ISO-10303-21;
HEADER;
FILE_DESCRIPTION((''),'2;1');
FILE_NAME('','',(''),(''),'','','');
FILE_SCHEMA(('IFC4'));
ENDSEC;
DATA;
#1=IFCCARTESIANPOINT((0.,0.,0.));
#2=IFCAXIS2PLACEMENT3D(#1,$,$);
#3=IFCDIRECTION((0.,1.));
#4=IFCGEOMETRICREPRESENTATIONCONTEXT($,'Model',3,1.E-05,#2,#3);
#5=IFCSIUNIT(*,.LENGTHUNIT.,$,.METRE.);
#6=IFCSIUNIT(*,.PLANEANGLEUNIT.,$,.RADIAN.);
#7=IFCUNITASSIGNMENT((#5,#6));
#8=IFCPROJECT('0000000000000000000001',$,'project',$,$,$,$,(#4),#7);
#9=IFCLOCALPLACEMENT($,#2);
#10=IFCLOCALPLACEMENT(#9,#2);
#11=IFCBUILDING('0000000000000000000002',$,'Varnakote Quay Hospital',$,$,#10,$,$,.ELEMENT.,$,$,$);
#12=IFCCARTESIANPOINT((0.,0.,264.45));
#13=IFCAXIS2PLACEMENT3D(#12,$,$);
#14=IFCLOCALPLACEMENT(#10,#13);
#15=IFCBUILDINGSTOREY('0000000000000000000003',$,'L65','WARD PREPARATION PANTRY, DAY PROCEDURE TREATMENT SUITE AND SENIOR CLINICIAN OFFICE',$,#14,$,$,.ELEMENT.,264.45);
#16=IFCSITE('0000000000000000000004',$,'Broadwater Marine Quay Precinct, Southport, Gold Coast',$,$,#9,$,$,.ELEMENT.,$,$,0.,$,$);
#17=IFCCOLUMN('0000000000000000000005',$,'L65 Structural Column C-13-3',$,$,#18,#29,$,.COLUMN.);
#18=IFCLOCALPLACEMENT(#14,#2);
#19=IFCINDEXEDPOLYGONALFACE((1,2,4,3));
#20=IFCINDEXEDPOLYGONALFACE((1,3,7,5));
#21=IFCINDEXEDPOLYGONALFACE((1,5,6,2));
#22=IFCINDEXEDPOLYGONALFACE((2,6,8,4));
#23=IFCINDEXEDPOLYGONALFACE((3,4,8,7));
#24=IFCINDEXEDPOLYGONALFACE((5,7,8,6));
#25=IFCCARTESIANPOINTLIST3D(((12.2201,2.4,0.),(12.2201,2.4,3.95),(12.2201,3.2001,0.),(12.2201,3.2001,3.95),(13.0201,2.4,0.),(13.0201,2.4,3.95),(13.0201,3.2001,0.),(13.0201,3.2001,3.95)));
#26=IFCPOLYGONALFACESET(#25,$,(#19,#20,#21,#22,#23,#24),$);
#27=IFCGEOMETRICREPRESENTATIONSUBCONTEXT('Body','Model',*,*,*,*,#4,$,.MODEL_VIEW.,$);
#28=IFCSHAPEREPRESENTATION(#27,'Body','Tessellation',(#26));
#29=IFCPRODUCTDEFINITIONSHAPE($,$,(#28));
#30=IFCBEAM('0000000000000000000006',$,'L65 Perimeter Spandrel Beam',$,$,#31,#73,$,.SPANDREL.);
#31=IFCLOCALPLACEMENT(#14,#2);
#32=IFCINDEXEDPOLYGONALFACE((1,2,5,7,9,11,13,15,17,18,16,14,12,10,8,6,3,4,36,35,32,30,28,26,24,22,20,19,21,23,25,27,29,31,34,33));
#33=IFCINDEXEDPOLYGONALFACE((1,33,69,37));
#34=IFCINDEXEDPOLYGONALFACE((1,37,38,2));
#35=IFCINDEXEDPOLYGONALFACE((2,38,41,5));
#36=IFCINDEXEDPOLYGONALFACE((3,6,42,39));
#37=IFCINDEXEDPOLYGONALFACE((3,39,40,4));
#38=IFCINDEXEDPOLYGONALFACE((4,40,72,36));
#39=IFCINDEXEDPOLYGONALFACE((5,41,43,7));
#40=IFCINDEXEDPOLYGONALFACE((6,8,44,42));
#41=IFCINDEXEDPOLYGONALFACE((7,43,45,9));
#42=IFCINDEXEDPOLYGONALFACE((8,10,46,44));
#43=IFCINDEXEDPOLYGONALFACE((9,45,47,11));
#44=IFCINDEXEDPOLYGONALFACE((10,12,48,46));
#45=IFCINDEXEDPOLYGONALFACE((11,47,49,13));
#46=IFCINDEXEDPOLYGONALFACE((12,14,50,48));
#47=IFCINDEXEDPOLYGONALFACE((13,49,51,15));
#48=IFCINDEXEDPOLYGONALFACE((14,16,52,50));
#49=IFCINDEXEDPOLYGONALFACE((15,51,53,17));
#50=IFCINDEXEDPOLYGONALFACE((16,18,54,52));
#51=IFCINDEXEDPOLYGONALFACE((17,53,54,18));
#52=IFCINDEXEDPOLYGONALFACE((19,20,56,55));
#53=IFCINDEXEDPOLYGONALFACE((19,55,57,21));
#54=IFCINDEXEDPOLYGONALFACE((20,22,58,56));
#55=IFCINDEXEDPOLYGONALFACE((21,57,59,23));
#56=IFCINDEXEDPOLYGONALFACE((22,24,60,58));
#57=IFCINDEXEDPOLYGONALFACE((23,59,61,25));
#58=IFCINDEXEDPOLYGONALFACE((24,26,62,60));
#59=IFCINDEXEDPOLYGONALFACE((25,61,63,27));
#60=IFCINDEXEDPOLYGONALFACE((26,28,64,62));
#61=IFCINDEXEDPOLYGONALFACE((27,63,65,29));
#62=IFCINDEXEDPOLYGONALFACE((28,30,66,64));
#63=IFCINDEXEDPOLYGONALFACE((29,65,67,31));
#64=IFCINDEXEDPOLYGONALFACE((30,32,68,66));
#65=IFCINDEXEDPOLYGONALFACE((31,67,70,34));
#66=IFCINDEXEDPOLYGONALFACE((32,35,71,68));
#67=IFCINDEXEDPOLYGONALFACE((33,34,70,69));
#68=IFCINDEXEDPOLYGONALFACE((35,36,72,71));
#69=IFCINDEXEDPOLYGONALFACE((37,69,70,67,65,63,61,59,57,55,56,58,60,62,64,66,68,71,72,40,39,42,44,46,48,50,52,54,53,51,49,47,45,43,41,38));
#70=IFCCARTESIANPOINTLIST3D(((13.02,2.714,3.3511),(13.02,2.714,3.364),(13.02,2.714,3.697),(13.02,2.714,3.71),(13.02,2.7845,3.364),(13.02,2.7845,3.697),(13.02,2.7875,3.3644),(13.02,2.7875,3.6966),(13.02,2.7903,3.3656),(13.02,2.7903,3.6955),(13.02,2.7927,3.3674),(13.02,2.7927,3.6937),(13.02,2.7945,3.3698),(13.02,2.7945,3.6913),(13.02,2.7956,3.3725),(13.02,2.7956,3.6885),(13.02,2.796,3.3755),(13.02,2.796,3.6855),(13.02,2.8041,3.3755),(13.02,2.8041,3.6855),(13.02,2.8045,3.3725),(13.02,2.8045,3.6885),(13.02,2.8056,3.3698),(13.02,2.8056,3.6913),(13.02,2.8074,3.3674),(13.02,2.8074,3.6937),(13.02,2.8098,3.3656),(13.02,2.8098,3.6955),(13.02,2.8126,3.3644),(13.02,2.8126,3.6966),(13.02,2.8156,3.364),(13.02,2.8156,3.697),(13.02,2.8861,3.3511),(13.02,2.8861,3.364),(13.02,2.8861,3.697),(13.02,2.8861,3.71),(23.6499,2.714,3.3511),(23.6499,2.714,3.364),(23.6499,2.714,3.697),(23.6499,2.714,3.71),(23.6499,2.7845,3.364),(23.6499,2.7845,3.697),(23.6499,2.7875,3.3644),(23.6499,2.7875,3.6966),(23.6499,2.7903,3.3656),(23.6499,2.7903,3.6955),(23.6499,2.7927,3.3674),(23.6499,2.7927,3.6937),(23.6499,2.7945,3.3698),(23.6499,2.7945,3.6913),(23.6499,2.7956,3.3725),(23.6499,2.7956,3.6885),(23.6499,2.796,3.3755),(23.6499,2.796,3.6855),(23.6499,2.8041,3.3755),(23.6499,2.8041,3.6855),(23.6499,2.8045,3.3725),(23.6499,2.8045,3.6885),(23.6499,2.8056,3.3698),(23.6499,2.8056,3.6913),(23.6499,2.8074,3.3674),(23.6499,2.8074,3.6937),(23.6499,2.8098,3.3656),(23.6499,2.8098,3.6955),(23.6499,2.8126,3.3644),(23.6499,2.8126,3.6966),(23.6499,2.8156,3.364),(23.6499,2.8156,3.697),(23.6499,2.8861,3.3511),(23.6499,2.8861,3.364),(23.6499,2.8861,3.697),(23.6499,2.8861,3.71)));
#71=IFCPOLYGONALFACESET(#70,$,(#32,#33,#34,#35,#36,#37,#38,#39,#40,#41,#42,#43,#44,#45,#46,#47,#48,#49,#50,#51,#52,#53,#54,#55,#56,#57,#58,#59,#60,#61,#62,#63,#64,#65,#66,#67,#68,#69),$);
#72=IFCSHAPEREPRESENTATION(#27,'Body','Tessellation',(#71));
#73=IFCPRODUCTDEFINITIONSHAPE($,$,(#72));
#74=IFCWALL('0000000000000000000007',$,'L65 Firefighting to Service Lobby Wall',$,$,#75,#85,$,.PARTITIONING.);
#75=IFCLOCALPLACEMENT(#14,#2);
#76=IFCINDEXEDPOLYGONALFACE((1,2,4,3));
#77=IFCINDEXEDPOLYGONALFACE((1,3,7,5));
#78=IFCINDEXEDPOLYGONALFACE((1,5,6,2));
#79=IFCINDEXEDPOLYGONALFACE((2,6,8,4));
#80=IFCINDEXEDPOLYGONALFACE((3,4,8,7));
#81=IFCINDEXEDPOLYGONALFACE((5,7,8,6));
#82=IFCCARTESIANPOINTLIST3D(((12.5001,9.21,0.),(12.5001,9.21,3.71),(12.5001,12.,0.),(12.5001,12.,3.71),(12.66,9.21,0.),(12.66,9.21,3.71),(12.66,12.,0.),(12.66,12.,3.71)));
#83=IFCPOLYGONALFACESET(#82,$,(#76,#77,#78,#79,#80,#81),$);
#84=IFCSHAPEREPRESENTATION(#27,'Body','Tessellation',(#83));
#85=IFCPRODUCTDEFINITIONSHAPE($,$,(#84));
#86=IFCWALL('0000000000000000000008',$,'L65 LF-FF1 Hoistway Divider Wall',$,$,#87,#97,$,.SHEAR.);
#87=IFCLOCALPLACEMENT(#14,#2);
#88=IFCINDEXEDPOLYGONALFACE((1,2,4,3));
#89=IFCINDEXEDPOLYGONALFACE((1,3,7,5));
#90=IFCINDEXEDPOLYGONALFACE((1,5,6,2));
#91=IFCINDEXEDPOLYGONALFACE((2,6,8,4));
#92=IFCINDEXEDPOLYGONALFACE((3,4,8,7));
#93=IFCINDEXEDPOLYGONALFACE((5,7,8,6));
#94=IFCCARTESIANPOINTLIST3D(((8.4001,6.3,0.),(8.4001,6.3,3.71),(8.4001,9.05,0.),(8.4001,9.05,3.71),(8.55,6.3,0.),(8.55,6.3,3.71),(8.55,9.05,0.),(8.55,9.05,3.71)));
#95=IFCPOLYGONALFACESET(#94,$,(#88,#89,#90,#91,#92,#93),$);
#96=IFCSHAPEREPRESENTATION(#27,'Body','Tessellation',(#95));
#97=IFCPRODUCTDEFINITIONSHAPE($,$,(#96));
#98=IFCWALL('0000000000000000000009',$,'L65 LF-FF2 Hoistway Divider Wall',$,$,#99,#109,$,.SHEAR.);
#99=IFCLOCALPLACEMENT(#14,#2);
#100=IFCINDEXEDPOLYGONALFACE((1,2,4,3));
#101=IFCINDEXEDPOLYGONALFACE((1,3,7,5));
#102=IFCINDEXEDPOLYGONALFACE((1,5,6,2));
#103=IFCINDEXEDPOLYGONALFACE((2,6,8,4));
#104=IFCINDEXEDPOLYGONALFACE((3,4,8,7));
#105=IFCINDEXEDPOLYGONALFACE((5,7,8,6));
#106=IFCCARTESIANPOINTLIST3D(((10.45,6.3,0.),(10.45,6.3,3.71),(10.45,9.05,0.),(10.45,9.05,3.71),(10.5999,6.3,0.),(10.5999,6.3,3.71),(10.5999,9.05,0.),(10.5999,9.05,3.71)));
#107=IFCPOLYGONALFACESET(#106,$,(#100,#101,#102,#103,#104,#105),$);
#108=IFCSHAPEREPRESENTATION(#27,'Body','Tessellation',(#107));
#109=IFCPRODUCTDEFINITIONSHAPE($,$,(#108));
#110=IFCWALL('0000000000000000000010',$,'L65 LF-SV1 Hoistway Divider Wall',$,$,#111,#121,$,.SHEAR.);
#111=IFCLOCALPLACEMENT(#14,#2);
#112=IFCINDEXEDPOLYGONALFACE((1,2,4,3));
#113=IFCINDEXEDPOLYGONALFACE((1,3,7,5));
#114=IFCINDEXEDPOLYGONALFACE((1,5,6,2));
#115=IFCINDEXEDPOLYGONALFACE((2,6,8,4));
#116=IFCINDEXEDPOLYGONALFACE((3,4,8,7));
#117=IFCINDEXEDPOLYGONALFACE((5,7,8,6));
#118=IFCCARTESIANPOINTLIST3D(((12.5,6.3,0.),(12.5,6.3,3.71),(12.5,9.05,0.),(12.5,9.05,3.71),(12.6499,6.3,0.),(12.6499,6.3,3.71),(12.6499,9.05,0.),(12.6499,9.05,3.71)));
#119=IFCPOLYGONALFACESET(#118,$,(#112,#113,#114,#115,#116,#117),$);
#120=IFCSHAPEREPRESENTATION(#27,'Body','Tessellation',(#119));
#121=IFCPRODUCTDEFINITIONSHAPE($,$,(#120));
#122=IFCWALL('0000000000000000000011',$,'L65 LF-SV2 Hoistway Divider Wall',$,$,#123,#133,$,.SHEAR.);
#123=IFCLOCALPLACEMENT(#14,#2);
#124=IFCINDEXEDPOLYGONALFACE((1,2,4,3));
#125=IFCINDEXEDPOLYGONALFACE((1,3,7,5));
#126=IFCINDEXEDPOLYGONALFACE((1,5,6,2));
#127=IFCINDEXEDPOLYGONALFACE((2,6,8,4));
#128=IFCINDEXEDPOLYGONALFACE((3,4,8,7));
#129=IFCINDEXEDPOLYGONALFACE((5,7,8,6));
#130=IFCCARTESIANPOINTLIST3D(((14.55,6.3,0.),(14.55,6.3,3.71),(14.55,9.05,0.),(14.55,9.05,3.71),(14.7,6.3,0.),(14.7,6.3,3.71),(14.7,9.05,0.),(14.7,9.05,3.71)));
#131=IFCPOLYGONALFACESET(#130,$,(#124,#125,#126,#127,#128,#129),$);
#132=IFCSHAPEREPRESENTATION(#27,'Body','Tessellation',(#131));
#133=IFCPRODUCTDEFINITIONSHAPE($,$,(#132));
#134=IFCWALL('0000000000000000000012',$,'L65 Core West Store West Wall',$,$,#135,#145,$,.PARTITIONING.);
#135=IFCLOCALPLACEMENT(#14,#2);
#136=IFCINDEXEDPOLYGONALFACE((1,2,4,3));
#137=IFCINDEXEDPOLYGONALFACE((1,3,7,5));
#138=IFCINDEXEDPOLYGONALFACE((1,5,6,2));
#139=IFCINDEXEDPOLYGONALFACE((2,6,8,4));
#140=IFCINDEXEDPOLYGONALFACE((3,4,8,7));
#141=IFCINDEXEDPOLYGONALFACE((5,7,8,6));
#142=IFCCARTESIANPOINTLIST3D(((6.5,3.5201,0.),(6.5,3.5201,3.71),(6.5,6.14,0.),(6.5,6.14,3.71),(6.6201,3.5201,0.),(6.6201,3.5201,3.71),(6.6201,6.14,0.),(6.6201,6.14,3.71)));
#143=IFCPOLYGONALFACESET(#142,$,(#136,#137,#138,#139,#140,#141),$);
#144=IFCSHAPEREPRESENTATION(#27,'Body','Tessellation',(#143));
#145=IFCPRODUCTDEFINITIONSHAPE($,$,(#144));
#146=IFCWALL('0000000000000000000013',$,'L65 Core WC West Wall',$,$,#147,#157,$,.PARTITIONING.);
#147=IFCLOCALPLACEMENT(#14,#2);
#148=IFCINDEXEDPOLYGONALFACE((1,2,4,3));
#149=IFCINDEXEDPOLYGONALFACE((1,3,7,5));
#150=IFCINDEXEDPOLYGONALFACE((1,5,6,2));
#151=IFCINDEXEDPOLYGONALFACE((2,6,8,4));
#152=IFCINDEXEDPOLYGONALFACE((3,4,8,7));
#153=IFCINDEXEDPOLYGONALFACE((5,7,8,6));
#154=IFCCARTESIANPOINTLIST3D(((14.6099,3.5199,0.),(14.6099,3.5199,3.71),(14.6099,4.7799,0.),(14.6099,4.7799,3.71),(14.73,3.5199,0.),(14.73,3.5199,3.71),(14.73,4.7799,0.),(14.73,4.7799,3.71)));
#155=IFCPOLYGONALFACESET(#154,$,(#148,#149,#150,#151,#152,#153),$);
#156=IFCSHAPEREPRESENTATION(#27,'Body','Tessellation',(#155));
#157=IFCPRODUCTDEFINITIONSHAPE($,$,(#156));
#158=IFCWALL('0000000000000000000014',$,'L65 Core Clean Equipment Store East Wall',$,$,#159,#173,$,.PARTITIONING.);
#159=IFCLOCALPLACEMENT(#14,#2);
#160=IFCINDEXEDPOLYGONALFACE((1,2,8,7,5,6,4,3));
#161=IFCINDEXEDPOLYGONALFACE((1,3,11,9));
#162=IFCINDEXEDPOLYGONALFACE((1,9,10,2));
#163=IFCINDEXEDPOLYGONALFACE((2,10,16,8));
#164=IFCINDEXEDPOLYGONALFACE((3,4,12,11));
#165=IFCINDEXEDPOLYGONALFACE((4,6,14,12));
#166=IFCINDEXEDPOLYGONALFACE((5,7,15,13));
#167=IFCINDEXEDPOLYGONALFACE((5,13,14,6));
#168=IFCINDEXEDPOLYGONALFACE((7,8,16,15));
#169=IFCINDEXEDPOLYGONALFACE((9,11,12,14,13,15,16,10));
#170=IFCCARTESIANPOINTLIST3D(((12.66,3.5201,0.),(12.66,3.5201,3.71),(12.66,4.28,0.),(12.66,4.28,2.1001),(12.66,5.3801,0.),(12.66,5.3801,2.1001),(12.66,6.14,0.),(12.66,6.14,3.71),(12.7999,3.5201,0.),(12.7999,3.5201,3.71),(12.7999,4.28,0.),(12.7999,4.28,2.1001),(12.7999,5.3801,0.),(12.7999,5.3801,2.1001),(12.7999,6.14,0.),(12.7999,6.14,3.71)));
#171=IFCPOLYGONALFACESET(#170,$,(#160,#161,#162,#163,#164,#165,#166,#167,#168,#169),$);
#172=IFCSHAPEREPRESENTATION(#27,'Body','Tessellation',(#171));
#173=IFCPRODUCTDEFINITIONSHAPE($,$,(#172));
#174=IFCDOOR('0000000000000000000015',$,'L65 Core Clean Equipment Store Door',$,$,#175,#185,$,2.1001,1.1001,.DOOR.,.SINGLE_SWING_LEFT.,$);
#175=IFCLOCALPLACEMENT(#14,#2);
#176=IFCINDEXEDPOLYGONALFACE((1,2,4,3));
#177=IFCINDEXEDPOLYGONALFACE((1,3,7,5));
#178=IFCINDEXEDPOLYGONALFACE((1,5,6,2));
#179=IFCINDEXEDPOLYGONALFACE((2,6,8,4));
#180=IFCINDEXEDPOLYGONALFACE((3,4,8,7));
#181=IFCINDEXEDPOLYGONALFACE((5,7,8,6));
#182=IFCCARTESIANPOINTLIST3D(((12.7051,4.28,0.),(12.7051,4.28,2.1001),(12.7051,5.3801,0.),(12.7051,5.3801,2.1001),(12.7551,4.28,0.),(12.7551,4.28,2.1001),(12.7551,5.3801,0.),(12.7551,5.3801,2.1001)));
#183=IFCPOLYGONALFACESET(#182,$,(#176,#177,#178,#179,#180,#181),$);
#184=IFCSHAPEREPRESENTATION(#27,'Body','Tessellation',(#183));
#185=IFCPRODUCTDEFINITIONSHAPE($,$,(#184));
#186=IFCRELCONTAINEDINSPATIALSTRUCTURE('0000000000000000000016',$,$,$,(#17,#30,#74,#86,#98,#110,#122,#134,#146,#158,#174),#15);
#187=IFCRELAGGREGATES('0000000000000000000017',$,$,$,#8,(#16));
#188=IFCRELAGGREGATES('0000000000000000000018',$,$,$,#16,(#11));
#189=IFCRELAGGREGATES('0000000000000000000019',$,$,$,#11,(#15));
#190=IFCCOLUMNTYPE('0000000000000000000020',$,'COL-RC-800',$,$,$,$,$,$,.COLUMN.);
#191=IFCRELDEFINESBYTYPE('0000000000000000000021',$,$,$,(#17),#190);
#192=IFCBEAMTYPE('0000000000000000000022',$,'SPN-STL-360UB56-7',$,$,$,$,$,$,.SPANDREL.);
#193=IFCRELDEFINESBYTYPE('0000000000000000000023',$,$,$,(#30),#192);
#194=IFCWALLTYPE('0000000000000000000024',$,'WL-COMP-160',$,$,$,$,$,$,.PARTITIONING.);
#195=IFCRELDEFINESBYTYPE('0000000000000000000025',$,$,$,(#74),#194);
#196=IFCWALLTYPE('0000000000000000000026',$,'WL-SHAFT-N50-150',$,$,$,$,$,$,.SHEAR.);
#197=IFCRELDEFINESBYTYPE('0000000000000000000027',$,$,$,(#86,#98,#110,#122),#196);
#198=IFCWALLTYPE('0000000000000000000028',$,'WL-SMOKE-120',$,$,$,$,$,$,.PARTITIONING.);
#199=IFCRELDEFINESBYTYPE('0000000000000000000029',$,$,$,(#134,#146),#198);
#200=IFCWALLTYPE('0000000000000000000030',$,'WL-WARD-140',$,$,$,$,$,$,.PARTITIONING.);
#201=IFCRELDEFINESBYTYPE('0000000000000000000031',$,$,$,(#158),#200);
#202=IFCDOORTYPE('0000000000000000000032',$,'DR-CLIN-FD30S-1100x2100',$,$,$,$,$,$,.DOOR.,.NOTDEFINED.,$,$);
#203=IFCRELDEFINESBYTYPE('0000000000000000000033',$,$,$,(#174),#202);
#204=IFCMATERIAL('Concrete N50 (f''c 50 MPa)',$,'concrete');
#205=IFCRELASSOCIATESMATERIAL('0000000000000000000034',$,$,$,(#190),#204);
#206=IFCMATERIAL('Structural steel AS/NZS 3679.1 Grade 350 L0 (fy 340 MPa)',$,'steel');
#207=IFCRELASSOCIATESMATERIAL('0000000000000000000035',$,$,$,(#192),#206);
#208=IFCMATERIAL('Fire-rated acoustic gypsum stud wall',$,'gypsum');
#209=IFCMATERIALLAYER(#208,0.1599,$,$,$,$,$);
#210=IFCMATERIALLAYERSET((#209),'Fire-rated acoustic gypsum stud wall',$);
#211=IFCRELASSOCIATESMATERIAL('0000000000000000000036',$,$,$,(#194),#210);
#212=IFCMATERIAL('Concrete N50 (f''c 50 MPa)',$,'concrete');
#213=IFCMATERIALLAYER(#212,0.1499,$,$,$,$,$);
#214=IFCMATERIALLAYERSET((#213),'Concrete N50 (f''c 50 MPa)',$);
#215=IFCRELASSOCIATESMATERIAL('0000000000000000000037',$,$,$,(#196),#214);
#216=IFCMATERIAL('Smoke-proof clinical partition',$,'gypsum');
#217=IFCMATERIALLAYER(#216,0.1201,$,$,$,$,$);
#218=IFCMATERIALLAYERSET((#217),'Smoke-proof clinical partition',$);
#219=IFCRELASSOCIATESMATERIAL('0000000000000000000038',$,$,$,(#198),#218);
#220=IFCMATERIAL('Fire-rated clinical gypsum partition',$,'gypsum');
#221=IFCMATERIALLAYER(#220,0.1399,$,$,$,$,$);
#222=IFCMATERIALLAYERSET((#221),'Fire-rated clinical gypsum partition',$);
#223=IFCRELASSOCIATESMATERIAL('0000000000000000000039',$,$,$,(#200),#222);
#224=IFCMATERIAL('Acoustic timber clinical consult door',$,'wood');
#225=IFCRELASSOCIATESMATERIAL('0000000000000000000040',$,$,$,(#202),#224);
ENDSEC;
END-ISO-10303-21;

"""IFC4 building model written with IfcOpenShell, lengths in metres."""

from ifc_helpers import new_model, si_unit, direction, frame, frame_2d, origin, origin_2d, place, context, subcontext, project, spatial, rectangle, i_section, extrude, material, layer, layer_set, material_profile, profile_set, type_object, element, fill, save


model = new_model("IFC4")

# Units and contexts
model_context = context("Model", 3, precision=1e-05, world=origin(), true_north=direction((0.0, 1.0)))
body_context = subcontext(model_context, "Body", "Model", "MODEL_VIEW")
ifc_project = project(units=[si_unit("LENGTHUNIT", "METRE"), si_unit("PLANEANGLEUNIT", "RADIAN")], contexts=[model_context])

# Site, building, storey
site_placement = place(None, origin())
site = spatial("IfcSite", under=ifc_project, at=site_placement, Name="Broadwater Marine Quay Precinct, Southport, Gold Coast", CompositionType="ELEMENT", RefElevation=0.0)
building_placement = place(site_placement, origin())
building = spatial("IfcBuilding", under=site, at=building_placement, Name="Varnakote Quay Hospital", CompositionType="ELEMENT")
storey_placement = place(building_placement, frame((0.0, 0.0, 264.45)))
storey = spatial("IfcBuildingStorey", under=building, at=storey_placement, Name="L65", Description="WARD PREPARATION PANTRY, DAY PROCEDURE TREATMENT SUITE AND SENIOR CLINICIAN OFFICE", CompositionType="ELEMENT", Elevation=264.45)

# Column
ifc_material_1 = material(Name="Concrete N50 (f'c 50 MPa)", Category="concrete")
ifc_material_profile_1 = material_profile(ifc_material_1, rectangle(XDim=0.8, YDim=0.8, at=origin_2d()), Name="RC-COL-800x800")
ifc_profile_set_1 = profile_set([ifc_material_profile_1], Name="Concrete N50 (f'c 50 MPa)")
column_type = type_object("IfcColumnType", Name="COL-RC-800", PredefinedType="COLUMN", material=ifc_profile_set_1)
column_placement = place(storey_placement, frame((12.6201, 2.8, 0.0), z_axis=(0.0, 0.0, 1.0), x_axis=(1.0, 0.0, 0.0)))
element("IfcColumn", 1, at=column_placement, inside=storey, type_object=column_type, Name="L65 Structural Column C-13-3", PredefinedType="COLUMN", context=body_context, shape_type="SweptSolid", body=[
    extrude(rectangle(XDim=0.8, YDim=0.8, at=origin_2d()), origin(), (0.0, 0.0, 1.0), 3.95),
])

# Beam
ifc_material_2 = material(Name="Structural steel AS/NZS 3679.1 Grade 350 L0 (fy 340 MPa)", Category="steel")
ifc_material_profile_2 = material_profile(ifc_material_2, i_section(OverallWidth=0.1721, OverallDepth=0.3589, WebThickness=0.0081, FlangeThickness=0.0129, FilletRadius=0.0115, at=origin_2d()), Name="360UB56.7")
ifc_profile_set_2 = profile_set([ifc_material_profile_2], Name="Structural steel AS/NZS 3679.1 Grade 350 L0 (fy 340 MPa)")
beam_type = type_object("IfcBeamType", Name="SPN-STL-360UB56-7", PredefinedType="SPANDREL", material=ifc_profile_set_2)
beam_placement = place(storey_placement, frame((13.02, 2.8, 3.5305), z_axis=(1.0, 0.0, 0.0), x_axis=(0.0, 1.0, 0.0)))
element("IfcBeam", 2, at=beam_placement, inside=storey, type_object=beam_type, Name="L65 Perimeter Spandrel Beam", PredefinedType="SPANDREL", context=body_context, shape_type="SweptSolid", body=[
    extrude(i_section(OverallWidth=0.1721, OverallDepth=0.3589, WebThickness=0.0081, FlangeThickness=0.0129, FilletRadius=0.0115, at=origin_2d()), origin(), (0.0, 0.0, 1.0), 10.6299),
])

# Walls
ifc_material_3 = material(Name="Fire-rated acoustic gypsum stud wall", Category="gypsum")
ifc_layer_1 = layer(ifc_material_3, 0.1599)
ifc_layer_set_1 = layer_set([ifc_layer_1], Name="Fire-rated acoustic gypsum stud wall")
wall_type_1 = type_object("IfcWallType", Name="WL-COMP-160", PredefinedType="PARTITIONING", material=ifc_layer_set_1)
wall_1_placement = place(storey_placement, frame((12.5801, 9.21, 0.0), z_axis=(0.0, 0.0, 1.0), x_axis=(0.0, 1.0, 0.0)))
element("IfcWall", 3, at=wall_1_placement, inside=storey, type_object=wall_type_1, Name="L65 Firefighting to Service Lobby Wall", PredefinedType="PARTITIONING", context=body_context, shape_type="SweptSolid", body=[
    extrude(rectangle(XDim=2.79, YDim=0.1599, at=frame_2d((1.395, 0.0))), origin(), (0.0, 0.0, 1.0), 3.71),
])
ifc_material_4 = material(Name="Concrete N50 (f'c 50 MPa)", Category="concrete")
ifc_layer_2 = layer(ifc_material_4, 0.1499)
ifc_layer_set_2 = layer_set([ifc_layer_2], Name="Concrete N50 (f'c 50 MPa)")
wall_type_2 = type_object("IfcWallType", Name="WL-SHAFT-N50-150", PredefinedType="SHEAR", material=ifc_layer_set_2)
for number, where, z_axis, x_axis, name in (
    (4, (8.4751, 6.3, 0.0), (0.0, 0.0, 1.0), (0.0, 1.0, 0.0), "L65 LF-FF1 Hoistway Divider Wall"),
    (5, (10.5249, 6.3, 0.0), (0.0, 0.0, 1.0), (0.0, 1.0, 0.0), "L65 LF-FF2 Hoistway Divider Wall"),
    (6, (12.575, 6.3, 0.0), (0.0, 0.0, 1.0), (0.0, 1.0, 0.0), "L65 LF-SV1 Hoistway Divider Wall"),
    (7, (14.625, 6.3, 0.0), (0.0, 0.0, 1.0), (0.0, 1.0, 0.0), "L65 LF-SV2 Hoistway Divider Wall"),
):
    element("IfcWall", number, at=place(storey_placement, frame(where, z_axis=z_axis, x_axis=x_axis)), inside=storey, type_object=wall_type_2, Name=name, PredefinedType="SHEAR", context=body_context, shape_type="SweptSolid", body=[
        extrude(rectangle(XDim=2.75, YDim=0.1499, at=frame_2d((1.375, 0.0))), origin(), (0.0, 0.0, 1.0), 3.71),
    ])

# Walls
ifc_material_5 = material(Name="Smoke-proof clinical partition", Category="gypsum")
ifc_layer_3 = layer(ifc_material_5, 0.1201)
ifc_layer_set_3 = layer_set([ifc_layer_3], Name="Smoke-proof clinical partition")
wall_type_3 = type_object("IfcWallType", Name="WL-SMOKE-120", PredefinedType="PARTITIONING", material=ifc_layer_set_3)
wall_2_placement = place(storey_placement, frame((6.5601, 3.52, 0.0), z_axis=(0.0, 0.0, 1.0), x_axis=(0.0, 1.0, 0.0)))
element("IfcWall", 8, at=wall_2_placement, inside=storey, type_object=wall_type_3, Name="L65 Core West Store West Wall", PredefinedType="PARTITIONING", context=body_context, shape_type="SweptSolid", body=[
    extrude(rectangle(XDim=2.6199, YDim=0.1201, at=frame_2d((1.3101, 0.0))), origin(), (0.0, 0.0, 1.0), 3.71),
])
wall_3_placement = place(storey_placement, frame((14.6699, 3.52, 0.0), z_axis=(0.0, 0.0, 1.0), x_axis=(0.0, 1.0, 0.0)))
element("IfcWall", 9, at=wall_3_placement, inside=storey, type_object=wall_type_3, Name="L65 Core WC West Wall", PredefinedType="PARTITIONING", context=body_context, shape_type="SweptSolid", body=[
    extrude(rectangle(XDim=1.26, YDim=0.1201, at=frame_2d((0.6299, 0.0))), origin(), (0.0, 0.0, 1.0), 3.71),
])

# Wall, opening, door
ifc_material_6 = material(Name="Fire-rated clinical gypsum partition", Category="gypsum")
ifc_layer_4 = layer(ifc_material_6, 0.1399)
ifc_layer_set_4 = layer_set([ifc_layer_4], Name="Fire-rated clinical gypsum partition")
wall_type_4 = type_object("IfcWallType", Name="WL-WARD-140", PredefinedType="PARTITIONING", material=ifc_layer_set_4)
wall_4_placement = place(storey_placement, frame((12.73, 3.52, 0.0), z_axis=(0.0, 0.0, 1.0), x_axis=(0.0, 1.0, 0.0)))
wall_4 = element("IfcWall", 10, at=wall_4_placement, inside=storey, type_object=wall_type_4, Name="L65 Core Clean Equipment Store East Wall", PredefinedType="PARTITIONING", context=body_context, shape_type="SweptSolid", body=[
    extrude(rectangle(XDim=2.6199, YDim=0.1399, at=frame_2d((1.3101, 0.0))), origin(), (0.0, 0.0, 1.0), 3.71),
])
opening_1_placement = place(wall_4_placement, frame((0.76, 0.0, 0.0)))
opening_1 = element("IfcOpeningElement", 11, at=opening_1_placement, cuts=wall_4, PredefinedType="OPENING", context=body_context, shape_type="SweptSolid", body=[
    extrude(rectangle(XDim=1.1001, YDim=2.1001, at=frame_2d((0.55, 1.05))), frame((0.0, 0.0798, 0.0), z_axis=(0.0, -1.0, 0.0), x_axis=(1.0, 0.0, 0.0)), (0.0, 0.0, 1.0), 0.1599),
])
ifc_material_7 = material(Name="Acoustic timber clinical consult door", Category="wood")
door_type_1 = type_object("IfcDoorType", Name="DR-CLIN-FD30S-1100x2100", OperationType="NOTDEFINED", PredefinedType="DOOR", material=ifc_material_7)
door_1_placement = place(opening_1_placement, origin())
door_1 = element("IfcDoor", 12, at=door_1_placement, inside=storey, type_object=door_type_1, Name="L65 Core Clean Equipment Store Door", OperationType="SINGLE_SWING_LEFT", OverallHeight=2.1001, OverallWidth=1.1001, PredefinedType="DOOR", context=body_context, shape_type="SweptSolid", body=[
    extrude(rectangle(XDim=1.1001, YDim=2.1001, at=frame_2d((0.55, 1.05))), frame((0.0, 0.0249, 0.0), z_axis=(0.0, -1.0, 0.0), x_axis=(1.0, 0.0, 0.0)), (0.0, 0.0, 1.0), 0.05),
])
fill(opening_1, door_1)

save(model, "model.ifc")
